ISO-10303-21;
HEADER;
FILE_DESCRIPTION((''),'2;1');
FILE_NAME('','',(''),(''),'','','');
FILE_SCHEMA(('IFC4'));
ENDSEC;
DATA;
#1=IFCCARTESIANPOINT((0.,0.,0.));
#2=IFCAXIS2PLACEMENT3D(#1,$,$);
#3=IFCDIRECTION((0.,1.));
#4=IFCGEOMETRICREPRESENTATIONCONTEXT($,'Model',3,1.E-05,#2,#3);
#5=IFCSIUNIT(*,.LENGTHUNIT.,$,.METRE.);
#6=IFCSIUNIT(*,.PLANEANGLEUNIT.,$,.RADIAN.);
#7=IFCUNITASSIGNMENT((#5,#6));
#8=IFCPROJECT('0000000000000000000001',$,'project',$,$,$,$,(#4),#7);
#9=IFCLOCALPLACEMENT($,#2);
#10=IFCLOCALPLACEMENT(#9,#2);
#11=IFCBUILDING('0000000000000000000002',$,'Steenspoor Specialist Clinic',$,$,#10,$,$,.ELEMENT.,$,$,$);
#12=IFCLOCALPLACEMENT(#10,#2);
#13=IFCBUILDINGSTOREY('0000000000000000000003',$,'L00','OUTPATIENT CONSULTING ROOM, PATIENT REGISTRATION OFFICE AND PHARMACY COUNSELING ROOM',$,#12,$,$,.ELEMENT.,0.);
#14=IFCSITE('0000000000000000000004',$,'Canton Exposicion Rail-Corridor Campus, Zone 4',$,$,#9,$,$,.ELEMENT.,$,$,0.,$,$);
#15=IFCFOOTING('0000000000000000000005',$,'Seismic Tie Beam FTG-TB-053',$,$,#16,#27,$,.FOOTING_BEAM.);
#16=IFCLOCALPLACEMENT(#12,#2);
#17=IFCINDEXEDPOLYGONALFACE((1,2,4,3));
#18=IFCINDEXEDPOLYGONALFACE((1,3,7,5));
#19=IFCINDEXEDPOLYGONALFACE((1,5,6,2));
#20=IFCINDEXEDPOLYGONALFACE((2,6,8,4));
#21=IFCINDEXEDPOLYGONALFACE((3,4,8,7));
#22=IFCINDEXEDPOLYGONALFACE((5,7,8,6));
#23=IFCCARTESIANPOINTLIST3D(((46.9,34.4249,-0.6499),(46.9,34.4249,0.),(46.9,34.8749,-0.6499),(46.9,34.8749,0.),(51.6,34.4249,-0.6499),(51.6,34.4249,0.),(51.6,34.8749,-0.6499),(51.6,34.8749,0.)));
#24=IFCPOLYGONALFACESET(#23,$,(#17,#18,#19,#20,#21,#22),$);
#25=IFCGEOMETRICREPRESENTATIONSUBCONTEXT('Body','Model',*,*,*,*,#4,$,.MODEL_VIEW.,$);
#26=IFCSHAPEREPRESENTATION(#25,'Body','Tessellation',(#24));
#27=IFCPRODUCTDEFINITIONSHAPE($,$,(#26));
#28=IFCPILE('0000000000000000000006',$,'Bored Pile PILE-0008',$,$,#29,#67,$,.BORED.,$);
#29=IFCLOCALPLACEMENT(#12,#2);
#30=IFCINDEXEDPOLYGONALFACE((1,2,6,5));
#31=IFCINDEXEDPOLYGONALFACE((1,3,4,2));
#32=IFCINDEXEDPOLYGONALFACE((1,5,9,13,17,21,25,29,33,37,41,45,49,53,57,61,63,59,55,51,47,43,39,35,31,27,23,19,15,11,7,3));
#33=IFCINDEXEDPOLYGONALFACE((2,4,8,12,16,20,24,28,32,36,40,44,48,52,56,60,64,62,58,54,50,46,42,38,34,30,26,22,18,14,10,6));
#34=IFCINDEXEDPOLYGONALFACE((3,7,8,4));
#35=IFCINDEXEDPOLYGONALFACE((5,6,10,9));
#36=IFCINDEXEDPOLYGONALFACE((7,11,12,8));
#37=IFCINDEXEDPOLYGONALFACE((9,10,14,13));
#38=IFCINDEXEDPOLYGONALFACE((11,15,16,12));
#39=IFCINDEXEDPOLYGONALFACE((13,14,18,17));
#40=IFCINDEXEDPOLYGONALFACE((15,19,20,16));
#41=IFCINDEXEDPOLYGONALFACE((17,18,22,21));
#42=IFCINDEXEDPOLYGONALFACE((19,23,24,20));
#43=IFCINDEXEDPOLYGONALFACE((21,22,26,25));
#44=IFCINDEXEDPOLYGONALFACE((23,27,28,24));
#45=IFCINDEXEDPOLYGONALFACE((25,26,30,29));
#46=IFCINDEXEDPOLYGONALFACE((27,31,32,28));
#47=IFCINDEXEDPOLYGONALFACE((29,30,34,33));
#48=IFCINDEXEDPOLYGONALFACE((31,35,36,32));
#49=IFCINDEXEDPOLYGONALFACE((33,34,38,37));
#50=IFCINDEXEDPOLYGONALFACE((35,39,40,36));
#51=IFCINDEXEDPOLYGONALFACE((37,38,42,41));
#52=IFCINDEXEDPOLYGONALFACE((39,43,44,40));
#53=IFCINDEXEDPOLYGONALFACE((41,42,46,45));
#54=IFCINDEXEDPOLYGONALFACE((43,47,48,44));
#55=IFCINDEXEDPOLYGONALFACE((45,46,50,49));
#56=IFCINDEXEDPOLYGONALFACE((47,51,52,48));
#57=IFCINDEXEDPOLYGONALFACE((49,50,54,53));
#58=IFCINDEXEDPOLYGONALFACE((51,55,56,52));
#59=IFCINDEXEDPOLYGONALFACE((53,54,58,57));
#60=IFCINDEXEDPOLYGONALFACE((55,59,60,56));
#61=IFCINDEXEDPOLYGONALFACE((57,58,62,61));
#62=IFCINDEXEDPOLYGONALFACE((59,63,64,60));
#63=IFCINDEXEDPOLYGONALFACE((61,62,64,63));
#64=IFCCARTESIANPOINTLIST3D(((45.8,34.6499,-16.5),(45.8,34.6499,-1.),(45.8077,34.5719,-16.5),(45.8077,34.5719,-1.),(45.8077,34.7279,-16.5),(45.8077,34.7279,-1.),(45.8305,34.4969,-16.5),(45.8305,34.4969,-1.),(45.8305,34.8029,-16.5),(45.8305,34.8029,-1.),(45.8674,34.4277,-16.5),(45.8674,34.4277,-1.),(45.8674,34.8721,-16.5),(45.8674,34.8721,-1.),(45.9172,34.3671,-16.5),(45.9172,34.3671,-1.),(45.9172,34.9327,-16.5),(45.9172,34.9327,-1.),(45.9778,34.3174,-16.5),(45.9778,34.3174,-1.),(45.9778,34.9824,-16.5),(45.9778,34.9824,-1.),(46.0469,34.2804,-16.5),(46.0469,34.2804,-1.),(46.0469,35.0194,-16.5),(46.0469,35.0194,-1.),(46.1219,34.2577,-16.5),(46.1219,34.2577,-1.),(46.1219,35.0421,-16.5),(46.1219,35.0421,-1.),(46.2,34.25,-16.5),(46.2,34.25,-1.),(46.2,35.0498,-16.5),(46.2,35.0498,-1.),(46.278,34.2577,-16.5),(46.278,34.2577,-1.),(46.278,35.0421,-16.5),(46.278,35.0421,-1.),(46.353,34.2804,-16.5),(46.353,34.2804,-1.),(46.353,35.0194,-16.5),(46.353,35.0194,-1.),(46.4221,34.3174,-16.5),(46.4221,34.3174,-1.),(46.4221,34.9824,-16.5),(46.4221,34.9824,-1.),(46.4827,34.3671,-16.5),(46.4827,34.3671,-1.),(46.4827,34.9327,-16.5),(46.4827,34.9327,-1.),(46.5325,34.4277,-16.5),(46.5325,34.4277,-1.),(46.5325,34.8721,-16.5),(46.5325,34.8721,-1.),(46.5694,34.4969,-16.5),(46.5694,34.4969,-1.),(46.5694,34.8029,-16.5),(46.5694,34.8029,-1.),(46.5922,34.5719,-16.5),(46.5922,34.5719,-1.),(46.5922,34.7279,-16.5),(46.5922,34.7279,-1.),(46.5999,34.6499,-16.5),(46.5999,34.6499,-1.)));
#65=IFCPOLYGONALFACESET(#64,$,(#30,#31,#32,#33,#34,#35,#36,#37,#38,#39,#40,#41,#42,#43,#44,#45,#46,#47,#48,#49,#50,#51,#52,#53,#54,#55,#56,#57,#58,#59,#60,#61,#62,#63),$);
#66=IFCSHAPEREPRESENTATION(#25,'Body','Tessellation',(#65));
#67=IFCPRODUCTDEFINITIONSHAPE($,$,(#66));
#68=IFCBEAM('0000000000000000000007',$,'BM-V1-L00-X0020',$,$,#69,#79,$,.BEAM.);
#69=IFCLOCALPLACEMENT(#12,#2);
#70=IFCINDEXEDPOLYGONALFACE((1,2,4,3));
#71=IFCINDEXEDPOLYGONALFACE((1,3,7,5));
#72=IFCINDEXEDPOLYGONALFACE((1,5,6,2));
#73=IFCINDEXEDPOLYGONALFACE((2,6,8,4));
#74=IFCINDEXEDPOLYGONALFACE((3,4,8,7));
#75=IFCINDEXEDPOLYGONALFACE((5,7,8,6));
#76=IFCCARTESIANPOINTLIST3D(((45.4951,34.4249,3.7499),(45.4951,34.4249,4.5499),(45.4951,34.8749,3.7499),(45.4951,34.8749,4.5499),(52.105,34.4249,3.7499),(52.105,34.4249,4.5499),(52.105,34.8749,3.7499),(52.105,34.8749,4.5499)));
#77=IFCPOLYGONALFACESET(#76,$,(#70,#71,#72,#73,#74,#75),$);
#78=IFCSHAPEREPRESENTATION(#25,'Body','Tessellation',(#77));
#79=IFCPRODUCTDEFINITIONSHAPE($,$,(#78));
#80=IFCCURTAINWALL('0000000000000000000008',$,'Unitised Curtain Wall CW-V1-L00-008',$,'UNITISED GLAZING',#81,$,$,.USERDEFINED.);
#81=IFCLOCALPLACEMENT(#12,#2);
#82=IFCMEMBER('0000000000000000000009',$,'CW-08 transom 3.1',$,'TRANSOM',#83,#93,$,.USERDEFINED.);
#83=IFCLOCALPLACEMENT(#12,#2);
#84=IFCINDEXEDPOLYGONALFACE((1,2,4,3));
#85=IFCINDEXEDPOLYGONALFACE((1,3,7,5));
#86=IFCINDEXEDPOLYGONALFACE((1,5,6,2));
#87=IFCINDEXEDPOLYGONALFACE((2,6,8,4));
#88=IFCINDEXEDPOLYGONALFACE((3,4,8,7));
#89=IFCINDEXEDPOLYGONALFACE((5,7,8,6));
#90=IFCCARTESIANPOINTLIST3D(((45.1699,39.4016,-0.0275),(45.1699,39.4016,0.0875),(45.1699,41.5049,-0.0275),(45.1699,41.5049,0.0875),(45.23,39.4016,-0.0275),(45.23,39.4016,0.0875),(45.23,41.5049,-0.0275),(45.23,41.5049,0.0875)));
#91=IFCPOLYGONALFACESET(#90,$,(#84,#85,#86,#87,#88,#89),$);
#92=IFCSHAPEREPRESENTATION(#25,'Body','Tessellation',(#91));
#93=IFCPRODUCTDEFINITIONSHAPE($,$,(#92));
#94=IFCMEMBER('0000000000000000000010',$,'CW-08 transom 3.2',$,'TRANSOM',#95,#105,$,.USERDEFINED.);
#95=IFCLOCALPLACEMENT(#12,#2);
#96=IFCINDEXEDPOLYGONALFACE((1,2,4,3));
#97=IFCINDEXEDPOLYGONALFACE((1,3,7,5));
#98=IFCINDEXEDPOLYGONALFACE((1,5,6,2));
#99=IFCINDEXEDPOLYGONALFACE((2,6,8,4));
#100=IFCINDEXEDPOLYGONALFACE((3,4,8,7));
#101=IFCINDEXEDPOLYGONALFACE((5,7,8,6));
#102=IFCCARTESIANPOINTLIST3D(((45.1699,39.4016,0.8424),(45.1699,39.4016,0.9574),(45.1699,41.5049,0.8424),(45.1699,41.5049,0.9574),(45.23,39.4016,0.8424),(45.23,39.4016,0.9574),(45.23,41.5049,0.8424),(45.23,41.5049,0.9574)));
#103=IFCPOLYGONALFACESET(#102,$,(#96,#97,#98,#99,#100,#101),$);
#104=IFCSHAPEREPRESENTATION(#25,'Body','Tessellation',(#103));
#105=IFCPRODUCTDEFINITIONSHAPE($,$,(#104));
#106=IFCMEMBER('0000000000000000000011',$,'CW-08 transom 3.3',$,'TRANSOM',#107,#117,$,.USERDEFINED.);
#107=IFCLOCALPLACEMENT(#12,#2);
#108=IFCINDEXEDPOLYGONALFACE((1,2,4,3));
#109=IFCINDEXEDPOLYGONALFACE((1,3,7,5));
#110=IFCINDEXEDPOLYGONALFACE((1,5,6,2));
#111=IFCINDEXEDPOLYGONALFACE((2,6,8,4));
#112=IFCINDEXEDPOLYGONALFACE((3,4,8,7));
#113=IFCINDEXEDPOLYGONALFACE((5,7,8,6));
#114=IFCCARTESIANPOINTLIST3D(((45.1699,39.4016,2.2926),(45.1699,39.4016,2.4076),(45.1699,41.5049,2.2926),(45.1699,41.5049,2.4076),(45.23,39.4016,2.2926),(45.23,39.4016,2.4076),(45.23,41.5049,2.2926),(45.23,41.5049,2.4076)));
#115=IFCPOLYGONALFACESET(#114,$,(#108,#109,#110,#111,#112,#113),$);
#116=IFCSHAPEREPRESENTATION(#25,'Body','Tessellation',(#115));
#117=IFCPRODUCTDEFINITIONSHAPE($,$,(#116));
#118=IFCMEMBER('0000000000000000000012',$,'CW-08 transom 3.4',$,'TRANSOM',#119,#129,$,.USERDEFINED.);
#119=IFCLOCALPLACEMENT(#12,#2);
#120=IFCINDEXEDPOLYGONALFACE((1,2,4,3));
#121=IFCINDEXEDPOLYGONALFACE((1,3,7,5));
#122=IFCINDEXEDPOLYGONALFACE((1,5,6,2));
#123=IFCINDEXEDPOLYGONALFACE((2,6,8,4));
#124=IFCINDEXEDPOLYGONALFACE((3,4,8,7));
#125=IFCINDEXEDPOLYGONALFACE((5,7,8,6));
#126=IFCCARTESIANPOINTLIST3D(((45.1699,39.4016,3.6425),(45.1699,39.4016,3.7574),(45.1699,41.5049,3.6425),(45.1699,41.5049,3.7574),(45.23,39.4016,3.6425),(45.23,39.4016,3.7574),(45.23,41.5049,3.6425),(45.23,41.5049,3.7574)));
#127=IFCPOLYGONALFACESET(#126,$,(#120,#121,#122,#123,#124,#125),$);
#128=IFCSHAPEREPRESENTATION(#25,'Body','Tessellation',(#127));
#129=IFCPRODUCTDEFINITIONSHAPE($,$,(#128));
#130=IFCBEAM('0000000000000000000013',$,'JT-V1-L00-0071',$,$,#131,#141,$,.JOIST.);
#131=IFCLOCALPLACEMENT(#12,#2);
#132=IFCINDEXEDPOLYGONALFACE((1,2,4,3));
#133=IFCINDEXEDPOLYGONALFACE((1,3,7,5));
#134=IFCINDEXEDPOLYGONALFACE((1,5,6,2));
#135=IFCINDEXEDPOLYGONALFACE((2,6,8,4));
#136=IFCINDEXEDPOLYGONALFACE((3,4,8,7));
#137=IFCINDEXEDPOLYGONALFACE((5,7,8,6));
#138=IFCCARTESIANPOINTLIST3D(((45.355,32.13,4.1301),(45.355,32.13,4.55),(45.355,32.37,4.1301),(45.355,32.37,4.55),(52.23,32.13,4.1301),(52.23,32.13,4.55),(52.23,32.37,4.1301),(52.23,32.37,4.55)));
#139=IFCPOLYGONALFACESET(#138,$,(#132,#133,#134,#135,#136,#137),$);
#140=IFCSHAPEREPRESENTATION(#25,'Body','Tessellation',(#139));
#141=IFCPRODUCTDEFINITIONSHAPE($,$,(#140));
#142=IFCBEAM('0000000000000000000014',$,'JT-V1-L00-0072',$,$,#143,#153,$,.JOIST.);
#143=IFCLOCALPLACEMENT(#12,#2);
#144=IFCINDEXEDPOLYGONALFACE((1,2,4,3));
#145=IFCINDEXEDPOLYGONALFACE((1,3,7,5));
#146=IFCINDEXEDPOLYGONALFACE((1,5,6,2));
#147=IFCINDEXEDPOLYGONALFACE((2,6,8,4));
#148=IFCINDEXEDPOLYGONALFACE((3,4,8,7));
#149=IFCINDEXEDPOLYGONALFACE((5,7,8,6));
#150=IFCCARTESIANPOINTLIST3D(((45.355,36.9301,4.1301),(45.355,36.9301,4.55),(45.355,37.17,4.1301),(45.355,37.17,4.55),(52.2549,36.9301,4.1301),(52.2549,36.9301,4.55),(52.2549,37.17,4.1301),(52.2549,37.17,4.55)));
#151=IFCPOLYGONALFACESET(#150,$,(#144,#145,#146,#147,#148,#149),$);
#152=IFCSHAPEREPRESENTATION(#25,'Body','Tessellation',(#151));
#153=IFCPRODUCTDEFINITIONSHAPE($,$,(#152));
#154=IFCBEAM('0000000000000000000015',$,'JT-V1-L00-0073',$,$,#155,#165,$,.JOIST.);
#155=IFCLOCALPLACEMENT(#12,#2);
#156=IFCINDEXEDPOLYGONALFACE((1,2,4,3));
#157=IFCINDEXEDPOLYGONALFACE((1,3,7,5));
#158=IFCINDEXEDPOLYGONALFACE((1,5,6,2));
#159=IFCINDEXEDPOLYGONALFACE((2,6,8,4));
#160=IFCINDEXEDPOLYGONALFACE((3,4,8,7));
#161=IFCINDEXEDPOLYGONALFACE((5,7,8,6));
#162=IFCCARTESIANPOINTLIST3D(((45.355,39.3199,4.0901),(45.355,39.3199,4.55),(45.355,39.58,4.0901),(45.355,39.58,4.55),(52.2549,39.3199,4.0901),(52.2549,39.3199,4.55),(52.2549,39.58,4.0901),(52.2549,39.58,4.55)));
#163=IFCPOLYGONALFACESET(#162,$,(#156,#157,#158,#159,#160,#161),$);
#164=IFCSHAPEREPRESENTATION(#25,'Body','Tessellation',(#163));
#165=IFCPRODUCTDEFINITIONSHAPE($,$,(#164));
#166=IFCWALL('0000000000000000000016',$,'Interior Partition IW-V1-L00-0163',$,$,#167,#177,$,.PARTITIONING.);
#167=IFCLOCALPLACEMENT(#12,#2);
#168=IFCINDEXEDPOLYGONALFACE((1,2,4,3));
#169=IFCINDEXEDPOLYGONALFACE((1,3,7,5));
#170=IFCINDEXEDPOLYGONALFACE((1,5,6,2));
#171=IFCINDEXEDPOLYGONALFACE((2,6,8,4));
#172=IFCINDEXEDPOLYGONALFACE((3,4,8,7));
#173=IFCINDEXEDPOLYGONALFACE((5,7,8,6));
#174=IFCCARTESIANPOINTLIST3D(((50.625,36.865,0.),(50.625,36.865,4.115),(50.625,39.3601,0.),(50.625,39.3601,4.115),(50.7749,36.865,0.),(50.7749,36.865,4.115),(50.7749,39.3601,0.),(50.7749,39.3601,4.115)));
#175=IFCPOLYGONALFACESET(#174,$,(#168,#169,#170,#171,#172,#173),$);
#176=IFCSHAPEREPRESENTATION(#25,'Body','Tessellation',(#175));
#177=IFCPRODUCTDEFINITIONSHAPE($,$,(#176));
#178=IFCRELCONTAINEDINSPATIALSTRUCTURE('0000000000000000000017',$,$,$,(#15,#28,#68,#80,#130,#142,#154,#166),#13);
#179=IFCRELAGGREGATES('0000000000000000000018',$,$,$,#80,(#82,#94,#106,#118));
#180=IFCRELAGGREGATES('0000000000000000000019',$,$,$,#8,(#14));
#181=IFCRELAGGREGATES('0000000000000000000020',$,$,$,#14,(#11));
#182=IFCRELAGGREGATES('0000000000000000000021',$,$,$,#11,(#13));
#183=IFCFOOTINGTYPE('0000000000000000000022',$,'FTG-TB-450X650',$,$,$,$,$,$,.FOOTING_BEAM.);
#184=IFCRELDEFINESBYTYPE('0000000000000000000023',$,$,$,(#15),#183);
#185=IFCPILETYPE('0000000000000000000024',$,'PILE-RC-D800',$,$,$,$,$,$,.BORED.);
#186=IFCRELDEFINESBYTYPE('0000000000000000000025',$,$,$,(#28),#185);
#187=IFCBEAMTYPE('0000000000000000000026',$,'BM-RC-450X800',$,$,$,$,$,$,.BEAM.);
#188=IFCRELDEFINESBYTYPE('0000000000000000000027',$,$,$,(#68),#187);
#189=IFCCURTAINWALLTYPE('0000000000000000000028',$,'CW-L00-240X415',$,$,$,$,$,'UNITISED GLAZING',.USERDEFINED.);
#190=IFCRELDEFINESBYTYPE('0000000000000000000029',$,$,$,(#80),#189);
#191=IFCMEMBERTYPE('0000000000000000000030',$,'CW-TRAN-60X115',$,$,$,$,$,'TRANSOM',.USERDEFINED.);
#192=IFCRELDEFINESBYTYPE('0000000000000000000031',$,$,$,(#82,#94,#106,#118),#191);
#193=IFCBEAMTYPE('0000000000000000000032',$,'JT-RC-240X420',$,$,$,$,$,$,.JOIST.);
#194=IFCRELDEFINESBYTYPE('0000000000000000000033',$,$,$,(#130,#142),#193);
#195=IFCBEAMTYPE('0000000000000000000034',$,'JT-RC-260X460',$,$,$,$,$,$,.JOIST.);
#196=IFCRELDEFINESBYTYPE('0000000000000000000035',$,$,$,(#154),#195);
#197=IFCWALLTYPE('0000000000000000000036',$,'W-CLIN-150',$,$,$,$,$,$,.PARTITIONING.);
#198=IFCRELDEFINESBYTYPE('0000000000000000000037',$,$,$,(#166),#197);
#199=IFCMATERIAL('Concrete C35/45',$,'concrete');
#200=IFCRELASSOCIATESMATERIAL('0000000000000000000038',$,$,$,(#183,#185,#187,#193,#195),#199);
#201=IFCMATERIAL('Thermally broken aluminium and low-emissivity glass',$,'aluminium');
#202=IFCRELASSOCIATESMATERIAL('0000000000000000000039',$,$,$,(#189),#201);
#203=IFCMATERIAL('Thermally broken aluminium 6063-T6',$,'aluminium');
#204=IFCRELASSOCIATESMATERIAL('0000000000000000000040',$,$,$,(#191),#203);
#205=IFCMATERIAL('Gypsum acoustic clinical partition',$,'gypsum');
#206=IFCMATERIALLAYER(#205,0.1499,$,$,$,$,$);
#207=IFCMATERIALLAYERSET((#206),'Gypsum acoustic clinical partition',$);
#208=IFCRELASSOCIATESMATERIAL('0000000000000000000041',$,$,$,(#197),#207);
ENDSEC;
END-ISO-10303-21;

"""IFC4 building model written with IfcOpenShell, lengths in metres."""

from ifc_helpers import new_model, si_unit, direction, frame, frame_2d, origin, origin_2d, place, context, subcontext, project, spatial, rectangle, circle, extrude, material, layer, layer_set, material_profile, profile_set, type_object, element, aggregate, save


model = new_model("IFC4")

# Units and contexts
model_context = context("Model", 3, precision=1e-05, world=origin(), true_north=direction((0.0, 1.0)))
body_context = subcontext(model_context, "Body", "Model", "MODEL_VIEW")
ifc_project = project(units=[si_unit("LENGTHUNIT", "METRE"), si_unit("PLANEANGLEUNIT", "RADIAN")], contexts=[model_context])

# Site, building, storey
site_placement = place(None, origin())
site = spatial("IfcSite", under=ifc_project, at=site_placement, Name="Canton Exposicion Rail-Corridor Campus, Zone 4", CompositionType="ELEMENT", RefElevation=0.0)
building_placement = place(site_placement, origin())
building = spatial("IfcBuilding", under=site, at=building_placement, Name="Steenspoor Specialist Clinic", CompositionType="ELEMENT")
storey_placement = place(building_placement, origin())
storey = spatial("IfcBuildingStorey", under=building, at=storey_placement, Name="L00", Description="OUTPATIENT CONSULTING ROOM, PATIENT REGISTRATION OFFICE AND PHARMACY COUNSELING ROOM", CompositionType="ELEMENT", Elevation=0.0)

# Footing
ifc_material_1 = material(Name="Concrete C35/45", Category="concrete")
footing_type = type_object("IfcFootingType", Name="FTG-TB-450X650", PredefinedType="FOOTING_BEAM", material=ifc_material_1)
footing_placement = place(storey_placement, frame((49.25, 34.6499, -0.6499), z_axis=(0.0, 0.0, 1.0), x_axis=(1.0, 0.0, 0.0)))
element("IfcFooting", 1, at=footing_placement, inside=storey, type_object=footing_type, Name="Seismic Tie Beam FTG-TB-053", PredefinedType="FOOTING_BEAM", context=body_context, shape_type="SweptSolid", body=[
    extrude(rectangle(XDim=4.7, YDim=0.45, at=origin_2d()), origin(), (0.0, 0.0, 1.0), 0.6499),
])

# Pile
ifc_material_profile_1 = material_profile(ifc_material_1, circle(Radius=0.3999, at=origin_2d()), Name="PILE-D800")
ifc_profile_set_1 = profile_set([ifc_material_profile_1], Name="Concrete C35/45")
pile_type = type_object("IfcPileType", Name="PILE-RC-D800", PredefinedType="BORED", material=ifc_profile_set_1)
pile_placement = place(storey_placement, frame((46.2, 34.6499, -1.0), z_axis=(0.0, 0.0, -1.0), x_axis=(1.0, 0.0, 0.0)))
element("IfcPile", 2, at=pile_placement, inside=storey, type_object=pile_type, Name="Bored Pile PILE-0008", PredefinedType="BORED", context=body_context, shape_type="SweptSolid", body=[
    extrude(circle(Radius=0.3999, at=origin_2d()), origin(), (0.0, 0.0, 1.0), 15.5),
])

# Beam
ifc_material_profile_2 = material_profile(ifc_material_1, rectangle(XDim=0.45, YDim=0.8, at=origin_2d()), Name="RC-BM-450X800")
ifc_profile_set_2 = profile_set([ifc_material_profile_2], Name="Concrete C35/45")
beam_type_1 = type_object("IfcBeamType", Name="BM-RC-450X800", PredefinedType="BEAM", material=ifc_profile_set_2)
beam_1_placement = place(storey_placement, frame((45.4951, 34.6499, 4.1499), z_axis=(1.0, 0.0, 0.0), x_axis=(0.0, 1.0, 0.0)))
element("IfcBeam", 3, at=beam_1_placement, inside=storey, type_object=beam_type_1, Name="BM-V1-L00-X0020", PredefinedType="BEAM", context=body_context, shape_type="SweptSolid", body=[
    extrude(rectangle(XDim=0.45, YDim=0.8, at=origin_2d()), origin(), (0.0, 0.0, 1.0), 6.6099),
])

# Curtain wall, members
ifc_material_2 = material(Name="Thermally broken aluminium and low-emissivity glass", Category="aluminium")
curtain_wall_type = type_object("IfcCurtainWallType", Name="CW-L00-240X415", ElementType="UNITISED GLAZING", PredefinedType="USERDEFINED", material=ifc_material_2)
curtain_wall_placement = place(storey_placement, origin())
curtain_wall = element("IfcCurtainWall", 4, at=curtain_wall_placement, inside=storey, type_object=curtain_wall_type, Name="Unitised Curtain Wall CW-V1-L00-008", ObjectType="UNITISED GLAZING", PredefinedType="USERDEFINED")
ifc_material_3 = material(Name="Thermally broken aluminium 6063-T6", Category="aluminium")
ifc_material_profile_3 = material_profile(ifc_material_3, rectangle(XDim=0.0601, YDim=0.115, at=origin_2d()), Name="CWT-60X115")
ifc_profile_set_3 = profile_set([ifc_material_profile_3], Name="Thermally broken aluminium 6063-T6")
member_type = type_object("IfcMemberType", Name="CW-TRAN-60X115", ElementType="TRANSOM", PredefinedType="USERDEFINED", material=ifc_profile_set_3)
member_1_placement = place(storey_placement, frame((45.2, 39.4016, 0.03), z_axis=(0.0, 1.0, 0.0), x_axis=(-1.0, 0.0, 0.0)))
member_1 = element("IfcMember", 5, at=member_1_placement, type_object=member_type, Name="CW-08 transom 3.1", ObjectType="TRANSOM", PredefinedType="USERDEFINED", context=body_context, shape_type="SweptSolid", body=[
    extrude(rectangle(XDim=0.0601, YDim=0.115, at=origin_2d()), origin(), (0.0, 0.0, 1.0), 2.1033),
])
member_2_placement = place(storey_placement, frame((45.2, 39.4016, 0.8999), z_axis=(0.0, 1.0, 0.0), x_axis=(-1.0, 0.0, 0.0)))
member_2 = element("IfcMember", 6, at=member_2_placement, type_object=member_type, Name="CW-08 transom 3.2", ObjectType="TRANSOM", PredefinedType="USERDEFINED", context=body_context, shape_type="SweptSolid", body=[
    extrude(rectangle(XDim=0.0601, YDim=0.115, at=origin_2d()), origin(), (0.0, 0.0, 1.0), 2.1033),
])
member_3_placement = place(storey_placement, frame((45.2, 39.4016, 2.3501), z_axis=(0.0, 1.0, 0.0), x_axis=(-1.0, 0.0, 0.0)))
member_3 = element("IfcMember", 7, at=member_3_placement, type_object=member_type, Name="CW-08 transom 3.3", ObjectType="TRANSOM", PredefinedType="USERDEFINED", context=body_context, shape_type="SweptSolid", body=[
    extrude(rectangle(XDim=0.0601, YDim=0.115, at=origin_2d()), origin(), (0.0, 0.0, 1.0), 2.1033),
])
member_4_placement = place(storey_placement, frame((45.2, 39.4016, 3.7), z_axis=(0.0, 1.0, 0.0), x_axis=(-1.0, 0.0, 0.0)))
member_4 = element("IfcMember", 8, at=member_4_placement, type_object=member_type, Name="CW-08 transom 3.4", ObjectType="TRANSOM", PredefinedType="USERDEFINED", context=body_context, shape_type="SweptSolid", body=[
    extrude(rectangle(XDim=0.0601, YDim=0.115, at=origin_2d()), origin(), (0.0, 0.0, 1.0), 2.1033),
])
aggregate(curtain_wall, [member_1, member_2, member_3, member_4])

# Beams
ifc_material_profile_4 = material_profile(ifc_material_1, rectangle(XDim=0.24, YDim=0.4199, at=origin_2d()), Name="RC-JT-240X420")
ifc_profile_set_4 = profile_set([ifc_material_profile_4], Name="Concrete C35/45")
beam_type_2 = type_object("IfcBeamType", Name="JT-RC-240X420", PredefinedType="JOIST", material=ifc_profile_set_4)
beam_2_placement = place(storey_placement, frame((45.355, 32.25, 4.3401), z_axis=(1.0, 0.0, 0.0), x_axis=(0.0, 1.0, 0.0)))
element("IfcBeam", 9, at=beam_2_placement, inside=storey, type_object=beam_type_2, Name="JT-V1-L00-0071", PredefinedType="JOIST", context=body_context, shape_type="SweptSolid", body=[
    extrude(rectangle(XDim=0.24, YDim=0.4199, at=origin_2d()), origin(), (0.0, 0.0, 1.0), 6.875),
])
beam_3_placement = place(storey_placement, frame((45.355, 37.05, 4.3401), z_axis=(1.0, 0.0, 0.0), x_axis=(0.0, 1.0, 0.0)))
element("IfcBeam", 10, at=beam_3_placement, inside=storey, type_object=beam_type_2, Name="JT-V1-L00-0072", PredefinedType="JOIST", context=body_context, shape_type="SweptSolid", body=[
    extrude(rectangle(XDim=0.24, YDim=0.4199, at=origin_2d()), origin(), (0.0, 0.0, 1.0), 6.8999),
])
ifc_material_profile_5 = material_profile(ifc_material_1, rectangle(XDim=0.26, YDim=0.46, at=origin_2d()), Name="RC-JT-260X460")
ifc_profile_set_5 = profile_set([ifc_material_profile_5], Name="Concrete C35/45")
beam_type_3 = type_object("IfcBeamType", Name="JT-RC-260X460", PredefinedType="JOIST", material=ifc_profile_set_5)
beam_4_placement = place(storey_placement, frame((45.355, 39.45, 4.3201), z_axis=(1.0, 0.0, 0.0), x_axis=(0.0, 1.0, 0.0)))
element("IfcBeam", 11, at=beam_4_placement, inside=storey, type_object=beam_type_3, Name="JT-V1-L00-0073", PredefinedType="JOIST", context=body_context, shape_type="SweptSolid", body=[
    extrude(rectangle(XDim=0.26, YDim=0.46, at=origin_2d()), origin(), (0.0, 0.0, 1.0), 6.8999),
])

# Wall
ifc_material_4 = material(Name="Gypsum acoustic clinical partition", Category="gypsum")
ifc_layer_1 = layer(ifc_material_4, 0.1499)
ifc_layer_set_1 = layer_set([ifc_layer_1], Name="Gypsum acoustic clinical partition")
wall_type_1 = type_object("IfcWallType", Name="W-CLIN-150", PredefinedType="PARTITIONING", material=ifc_layer_set_1)
wall_1_placement = place(storey_placement, frame((50.7, 36.865, 0.0), z_axis=(0.0, 0.0, 1.0), x_axis=(0.0, 1.0, 0.0)))
element("IfcWall", 12, at=wall_1_placement, inside=storey, type_object=wall_type_1, Name="Interior Partition IW-V1-L00-0163", PredefinedType="PARTITIONING", context=body_context, shape_type="SweptSolid", body=[
    extrude(rectangle(XDim=2.4951, YDim=0.1499, at=frame_2d((1.2476, 0.0))), origin(), (0.0, 0.0, 1.0), 4.115),
])

save(model, "model.ifc")
